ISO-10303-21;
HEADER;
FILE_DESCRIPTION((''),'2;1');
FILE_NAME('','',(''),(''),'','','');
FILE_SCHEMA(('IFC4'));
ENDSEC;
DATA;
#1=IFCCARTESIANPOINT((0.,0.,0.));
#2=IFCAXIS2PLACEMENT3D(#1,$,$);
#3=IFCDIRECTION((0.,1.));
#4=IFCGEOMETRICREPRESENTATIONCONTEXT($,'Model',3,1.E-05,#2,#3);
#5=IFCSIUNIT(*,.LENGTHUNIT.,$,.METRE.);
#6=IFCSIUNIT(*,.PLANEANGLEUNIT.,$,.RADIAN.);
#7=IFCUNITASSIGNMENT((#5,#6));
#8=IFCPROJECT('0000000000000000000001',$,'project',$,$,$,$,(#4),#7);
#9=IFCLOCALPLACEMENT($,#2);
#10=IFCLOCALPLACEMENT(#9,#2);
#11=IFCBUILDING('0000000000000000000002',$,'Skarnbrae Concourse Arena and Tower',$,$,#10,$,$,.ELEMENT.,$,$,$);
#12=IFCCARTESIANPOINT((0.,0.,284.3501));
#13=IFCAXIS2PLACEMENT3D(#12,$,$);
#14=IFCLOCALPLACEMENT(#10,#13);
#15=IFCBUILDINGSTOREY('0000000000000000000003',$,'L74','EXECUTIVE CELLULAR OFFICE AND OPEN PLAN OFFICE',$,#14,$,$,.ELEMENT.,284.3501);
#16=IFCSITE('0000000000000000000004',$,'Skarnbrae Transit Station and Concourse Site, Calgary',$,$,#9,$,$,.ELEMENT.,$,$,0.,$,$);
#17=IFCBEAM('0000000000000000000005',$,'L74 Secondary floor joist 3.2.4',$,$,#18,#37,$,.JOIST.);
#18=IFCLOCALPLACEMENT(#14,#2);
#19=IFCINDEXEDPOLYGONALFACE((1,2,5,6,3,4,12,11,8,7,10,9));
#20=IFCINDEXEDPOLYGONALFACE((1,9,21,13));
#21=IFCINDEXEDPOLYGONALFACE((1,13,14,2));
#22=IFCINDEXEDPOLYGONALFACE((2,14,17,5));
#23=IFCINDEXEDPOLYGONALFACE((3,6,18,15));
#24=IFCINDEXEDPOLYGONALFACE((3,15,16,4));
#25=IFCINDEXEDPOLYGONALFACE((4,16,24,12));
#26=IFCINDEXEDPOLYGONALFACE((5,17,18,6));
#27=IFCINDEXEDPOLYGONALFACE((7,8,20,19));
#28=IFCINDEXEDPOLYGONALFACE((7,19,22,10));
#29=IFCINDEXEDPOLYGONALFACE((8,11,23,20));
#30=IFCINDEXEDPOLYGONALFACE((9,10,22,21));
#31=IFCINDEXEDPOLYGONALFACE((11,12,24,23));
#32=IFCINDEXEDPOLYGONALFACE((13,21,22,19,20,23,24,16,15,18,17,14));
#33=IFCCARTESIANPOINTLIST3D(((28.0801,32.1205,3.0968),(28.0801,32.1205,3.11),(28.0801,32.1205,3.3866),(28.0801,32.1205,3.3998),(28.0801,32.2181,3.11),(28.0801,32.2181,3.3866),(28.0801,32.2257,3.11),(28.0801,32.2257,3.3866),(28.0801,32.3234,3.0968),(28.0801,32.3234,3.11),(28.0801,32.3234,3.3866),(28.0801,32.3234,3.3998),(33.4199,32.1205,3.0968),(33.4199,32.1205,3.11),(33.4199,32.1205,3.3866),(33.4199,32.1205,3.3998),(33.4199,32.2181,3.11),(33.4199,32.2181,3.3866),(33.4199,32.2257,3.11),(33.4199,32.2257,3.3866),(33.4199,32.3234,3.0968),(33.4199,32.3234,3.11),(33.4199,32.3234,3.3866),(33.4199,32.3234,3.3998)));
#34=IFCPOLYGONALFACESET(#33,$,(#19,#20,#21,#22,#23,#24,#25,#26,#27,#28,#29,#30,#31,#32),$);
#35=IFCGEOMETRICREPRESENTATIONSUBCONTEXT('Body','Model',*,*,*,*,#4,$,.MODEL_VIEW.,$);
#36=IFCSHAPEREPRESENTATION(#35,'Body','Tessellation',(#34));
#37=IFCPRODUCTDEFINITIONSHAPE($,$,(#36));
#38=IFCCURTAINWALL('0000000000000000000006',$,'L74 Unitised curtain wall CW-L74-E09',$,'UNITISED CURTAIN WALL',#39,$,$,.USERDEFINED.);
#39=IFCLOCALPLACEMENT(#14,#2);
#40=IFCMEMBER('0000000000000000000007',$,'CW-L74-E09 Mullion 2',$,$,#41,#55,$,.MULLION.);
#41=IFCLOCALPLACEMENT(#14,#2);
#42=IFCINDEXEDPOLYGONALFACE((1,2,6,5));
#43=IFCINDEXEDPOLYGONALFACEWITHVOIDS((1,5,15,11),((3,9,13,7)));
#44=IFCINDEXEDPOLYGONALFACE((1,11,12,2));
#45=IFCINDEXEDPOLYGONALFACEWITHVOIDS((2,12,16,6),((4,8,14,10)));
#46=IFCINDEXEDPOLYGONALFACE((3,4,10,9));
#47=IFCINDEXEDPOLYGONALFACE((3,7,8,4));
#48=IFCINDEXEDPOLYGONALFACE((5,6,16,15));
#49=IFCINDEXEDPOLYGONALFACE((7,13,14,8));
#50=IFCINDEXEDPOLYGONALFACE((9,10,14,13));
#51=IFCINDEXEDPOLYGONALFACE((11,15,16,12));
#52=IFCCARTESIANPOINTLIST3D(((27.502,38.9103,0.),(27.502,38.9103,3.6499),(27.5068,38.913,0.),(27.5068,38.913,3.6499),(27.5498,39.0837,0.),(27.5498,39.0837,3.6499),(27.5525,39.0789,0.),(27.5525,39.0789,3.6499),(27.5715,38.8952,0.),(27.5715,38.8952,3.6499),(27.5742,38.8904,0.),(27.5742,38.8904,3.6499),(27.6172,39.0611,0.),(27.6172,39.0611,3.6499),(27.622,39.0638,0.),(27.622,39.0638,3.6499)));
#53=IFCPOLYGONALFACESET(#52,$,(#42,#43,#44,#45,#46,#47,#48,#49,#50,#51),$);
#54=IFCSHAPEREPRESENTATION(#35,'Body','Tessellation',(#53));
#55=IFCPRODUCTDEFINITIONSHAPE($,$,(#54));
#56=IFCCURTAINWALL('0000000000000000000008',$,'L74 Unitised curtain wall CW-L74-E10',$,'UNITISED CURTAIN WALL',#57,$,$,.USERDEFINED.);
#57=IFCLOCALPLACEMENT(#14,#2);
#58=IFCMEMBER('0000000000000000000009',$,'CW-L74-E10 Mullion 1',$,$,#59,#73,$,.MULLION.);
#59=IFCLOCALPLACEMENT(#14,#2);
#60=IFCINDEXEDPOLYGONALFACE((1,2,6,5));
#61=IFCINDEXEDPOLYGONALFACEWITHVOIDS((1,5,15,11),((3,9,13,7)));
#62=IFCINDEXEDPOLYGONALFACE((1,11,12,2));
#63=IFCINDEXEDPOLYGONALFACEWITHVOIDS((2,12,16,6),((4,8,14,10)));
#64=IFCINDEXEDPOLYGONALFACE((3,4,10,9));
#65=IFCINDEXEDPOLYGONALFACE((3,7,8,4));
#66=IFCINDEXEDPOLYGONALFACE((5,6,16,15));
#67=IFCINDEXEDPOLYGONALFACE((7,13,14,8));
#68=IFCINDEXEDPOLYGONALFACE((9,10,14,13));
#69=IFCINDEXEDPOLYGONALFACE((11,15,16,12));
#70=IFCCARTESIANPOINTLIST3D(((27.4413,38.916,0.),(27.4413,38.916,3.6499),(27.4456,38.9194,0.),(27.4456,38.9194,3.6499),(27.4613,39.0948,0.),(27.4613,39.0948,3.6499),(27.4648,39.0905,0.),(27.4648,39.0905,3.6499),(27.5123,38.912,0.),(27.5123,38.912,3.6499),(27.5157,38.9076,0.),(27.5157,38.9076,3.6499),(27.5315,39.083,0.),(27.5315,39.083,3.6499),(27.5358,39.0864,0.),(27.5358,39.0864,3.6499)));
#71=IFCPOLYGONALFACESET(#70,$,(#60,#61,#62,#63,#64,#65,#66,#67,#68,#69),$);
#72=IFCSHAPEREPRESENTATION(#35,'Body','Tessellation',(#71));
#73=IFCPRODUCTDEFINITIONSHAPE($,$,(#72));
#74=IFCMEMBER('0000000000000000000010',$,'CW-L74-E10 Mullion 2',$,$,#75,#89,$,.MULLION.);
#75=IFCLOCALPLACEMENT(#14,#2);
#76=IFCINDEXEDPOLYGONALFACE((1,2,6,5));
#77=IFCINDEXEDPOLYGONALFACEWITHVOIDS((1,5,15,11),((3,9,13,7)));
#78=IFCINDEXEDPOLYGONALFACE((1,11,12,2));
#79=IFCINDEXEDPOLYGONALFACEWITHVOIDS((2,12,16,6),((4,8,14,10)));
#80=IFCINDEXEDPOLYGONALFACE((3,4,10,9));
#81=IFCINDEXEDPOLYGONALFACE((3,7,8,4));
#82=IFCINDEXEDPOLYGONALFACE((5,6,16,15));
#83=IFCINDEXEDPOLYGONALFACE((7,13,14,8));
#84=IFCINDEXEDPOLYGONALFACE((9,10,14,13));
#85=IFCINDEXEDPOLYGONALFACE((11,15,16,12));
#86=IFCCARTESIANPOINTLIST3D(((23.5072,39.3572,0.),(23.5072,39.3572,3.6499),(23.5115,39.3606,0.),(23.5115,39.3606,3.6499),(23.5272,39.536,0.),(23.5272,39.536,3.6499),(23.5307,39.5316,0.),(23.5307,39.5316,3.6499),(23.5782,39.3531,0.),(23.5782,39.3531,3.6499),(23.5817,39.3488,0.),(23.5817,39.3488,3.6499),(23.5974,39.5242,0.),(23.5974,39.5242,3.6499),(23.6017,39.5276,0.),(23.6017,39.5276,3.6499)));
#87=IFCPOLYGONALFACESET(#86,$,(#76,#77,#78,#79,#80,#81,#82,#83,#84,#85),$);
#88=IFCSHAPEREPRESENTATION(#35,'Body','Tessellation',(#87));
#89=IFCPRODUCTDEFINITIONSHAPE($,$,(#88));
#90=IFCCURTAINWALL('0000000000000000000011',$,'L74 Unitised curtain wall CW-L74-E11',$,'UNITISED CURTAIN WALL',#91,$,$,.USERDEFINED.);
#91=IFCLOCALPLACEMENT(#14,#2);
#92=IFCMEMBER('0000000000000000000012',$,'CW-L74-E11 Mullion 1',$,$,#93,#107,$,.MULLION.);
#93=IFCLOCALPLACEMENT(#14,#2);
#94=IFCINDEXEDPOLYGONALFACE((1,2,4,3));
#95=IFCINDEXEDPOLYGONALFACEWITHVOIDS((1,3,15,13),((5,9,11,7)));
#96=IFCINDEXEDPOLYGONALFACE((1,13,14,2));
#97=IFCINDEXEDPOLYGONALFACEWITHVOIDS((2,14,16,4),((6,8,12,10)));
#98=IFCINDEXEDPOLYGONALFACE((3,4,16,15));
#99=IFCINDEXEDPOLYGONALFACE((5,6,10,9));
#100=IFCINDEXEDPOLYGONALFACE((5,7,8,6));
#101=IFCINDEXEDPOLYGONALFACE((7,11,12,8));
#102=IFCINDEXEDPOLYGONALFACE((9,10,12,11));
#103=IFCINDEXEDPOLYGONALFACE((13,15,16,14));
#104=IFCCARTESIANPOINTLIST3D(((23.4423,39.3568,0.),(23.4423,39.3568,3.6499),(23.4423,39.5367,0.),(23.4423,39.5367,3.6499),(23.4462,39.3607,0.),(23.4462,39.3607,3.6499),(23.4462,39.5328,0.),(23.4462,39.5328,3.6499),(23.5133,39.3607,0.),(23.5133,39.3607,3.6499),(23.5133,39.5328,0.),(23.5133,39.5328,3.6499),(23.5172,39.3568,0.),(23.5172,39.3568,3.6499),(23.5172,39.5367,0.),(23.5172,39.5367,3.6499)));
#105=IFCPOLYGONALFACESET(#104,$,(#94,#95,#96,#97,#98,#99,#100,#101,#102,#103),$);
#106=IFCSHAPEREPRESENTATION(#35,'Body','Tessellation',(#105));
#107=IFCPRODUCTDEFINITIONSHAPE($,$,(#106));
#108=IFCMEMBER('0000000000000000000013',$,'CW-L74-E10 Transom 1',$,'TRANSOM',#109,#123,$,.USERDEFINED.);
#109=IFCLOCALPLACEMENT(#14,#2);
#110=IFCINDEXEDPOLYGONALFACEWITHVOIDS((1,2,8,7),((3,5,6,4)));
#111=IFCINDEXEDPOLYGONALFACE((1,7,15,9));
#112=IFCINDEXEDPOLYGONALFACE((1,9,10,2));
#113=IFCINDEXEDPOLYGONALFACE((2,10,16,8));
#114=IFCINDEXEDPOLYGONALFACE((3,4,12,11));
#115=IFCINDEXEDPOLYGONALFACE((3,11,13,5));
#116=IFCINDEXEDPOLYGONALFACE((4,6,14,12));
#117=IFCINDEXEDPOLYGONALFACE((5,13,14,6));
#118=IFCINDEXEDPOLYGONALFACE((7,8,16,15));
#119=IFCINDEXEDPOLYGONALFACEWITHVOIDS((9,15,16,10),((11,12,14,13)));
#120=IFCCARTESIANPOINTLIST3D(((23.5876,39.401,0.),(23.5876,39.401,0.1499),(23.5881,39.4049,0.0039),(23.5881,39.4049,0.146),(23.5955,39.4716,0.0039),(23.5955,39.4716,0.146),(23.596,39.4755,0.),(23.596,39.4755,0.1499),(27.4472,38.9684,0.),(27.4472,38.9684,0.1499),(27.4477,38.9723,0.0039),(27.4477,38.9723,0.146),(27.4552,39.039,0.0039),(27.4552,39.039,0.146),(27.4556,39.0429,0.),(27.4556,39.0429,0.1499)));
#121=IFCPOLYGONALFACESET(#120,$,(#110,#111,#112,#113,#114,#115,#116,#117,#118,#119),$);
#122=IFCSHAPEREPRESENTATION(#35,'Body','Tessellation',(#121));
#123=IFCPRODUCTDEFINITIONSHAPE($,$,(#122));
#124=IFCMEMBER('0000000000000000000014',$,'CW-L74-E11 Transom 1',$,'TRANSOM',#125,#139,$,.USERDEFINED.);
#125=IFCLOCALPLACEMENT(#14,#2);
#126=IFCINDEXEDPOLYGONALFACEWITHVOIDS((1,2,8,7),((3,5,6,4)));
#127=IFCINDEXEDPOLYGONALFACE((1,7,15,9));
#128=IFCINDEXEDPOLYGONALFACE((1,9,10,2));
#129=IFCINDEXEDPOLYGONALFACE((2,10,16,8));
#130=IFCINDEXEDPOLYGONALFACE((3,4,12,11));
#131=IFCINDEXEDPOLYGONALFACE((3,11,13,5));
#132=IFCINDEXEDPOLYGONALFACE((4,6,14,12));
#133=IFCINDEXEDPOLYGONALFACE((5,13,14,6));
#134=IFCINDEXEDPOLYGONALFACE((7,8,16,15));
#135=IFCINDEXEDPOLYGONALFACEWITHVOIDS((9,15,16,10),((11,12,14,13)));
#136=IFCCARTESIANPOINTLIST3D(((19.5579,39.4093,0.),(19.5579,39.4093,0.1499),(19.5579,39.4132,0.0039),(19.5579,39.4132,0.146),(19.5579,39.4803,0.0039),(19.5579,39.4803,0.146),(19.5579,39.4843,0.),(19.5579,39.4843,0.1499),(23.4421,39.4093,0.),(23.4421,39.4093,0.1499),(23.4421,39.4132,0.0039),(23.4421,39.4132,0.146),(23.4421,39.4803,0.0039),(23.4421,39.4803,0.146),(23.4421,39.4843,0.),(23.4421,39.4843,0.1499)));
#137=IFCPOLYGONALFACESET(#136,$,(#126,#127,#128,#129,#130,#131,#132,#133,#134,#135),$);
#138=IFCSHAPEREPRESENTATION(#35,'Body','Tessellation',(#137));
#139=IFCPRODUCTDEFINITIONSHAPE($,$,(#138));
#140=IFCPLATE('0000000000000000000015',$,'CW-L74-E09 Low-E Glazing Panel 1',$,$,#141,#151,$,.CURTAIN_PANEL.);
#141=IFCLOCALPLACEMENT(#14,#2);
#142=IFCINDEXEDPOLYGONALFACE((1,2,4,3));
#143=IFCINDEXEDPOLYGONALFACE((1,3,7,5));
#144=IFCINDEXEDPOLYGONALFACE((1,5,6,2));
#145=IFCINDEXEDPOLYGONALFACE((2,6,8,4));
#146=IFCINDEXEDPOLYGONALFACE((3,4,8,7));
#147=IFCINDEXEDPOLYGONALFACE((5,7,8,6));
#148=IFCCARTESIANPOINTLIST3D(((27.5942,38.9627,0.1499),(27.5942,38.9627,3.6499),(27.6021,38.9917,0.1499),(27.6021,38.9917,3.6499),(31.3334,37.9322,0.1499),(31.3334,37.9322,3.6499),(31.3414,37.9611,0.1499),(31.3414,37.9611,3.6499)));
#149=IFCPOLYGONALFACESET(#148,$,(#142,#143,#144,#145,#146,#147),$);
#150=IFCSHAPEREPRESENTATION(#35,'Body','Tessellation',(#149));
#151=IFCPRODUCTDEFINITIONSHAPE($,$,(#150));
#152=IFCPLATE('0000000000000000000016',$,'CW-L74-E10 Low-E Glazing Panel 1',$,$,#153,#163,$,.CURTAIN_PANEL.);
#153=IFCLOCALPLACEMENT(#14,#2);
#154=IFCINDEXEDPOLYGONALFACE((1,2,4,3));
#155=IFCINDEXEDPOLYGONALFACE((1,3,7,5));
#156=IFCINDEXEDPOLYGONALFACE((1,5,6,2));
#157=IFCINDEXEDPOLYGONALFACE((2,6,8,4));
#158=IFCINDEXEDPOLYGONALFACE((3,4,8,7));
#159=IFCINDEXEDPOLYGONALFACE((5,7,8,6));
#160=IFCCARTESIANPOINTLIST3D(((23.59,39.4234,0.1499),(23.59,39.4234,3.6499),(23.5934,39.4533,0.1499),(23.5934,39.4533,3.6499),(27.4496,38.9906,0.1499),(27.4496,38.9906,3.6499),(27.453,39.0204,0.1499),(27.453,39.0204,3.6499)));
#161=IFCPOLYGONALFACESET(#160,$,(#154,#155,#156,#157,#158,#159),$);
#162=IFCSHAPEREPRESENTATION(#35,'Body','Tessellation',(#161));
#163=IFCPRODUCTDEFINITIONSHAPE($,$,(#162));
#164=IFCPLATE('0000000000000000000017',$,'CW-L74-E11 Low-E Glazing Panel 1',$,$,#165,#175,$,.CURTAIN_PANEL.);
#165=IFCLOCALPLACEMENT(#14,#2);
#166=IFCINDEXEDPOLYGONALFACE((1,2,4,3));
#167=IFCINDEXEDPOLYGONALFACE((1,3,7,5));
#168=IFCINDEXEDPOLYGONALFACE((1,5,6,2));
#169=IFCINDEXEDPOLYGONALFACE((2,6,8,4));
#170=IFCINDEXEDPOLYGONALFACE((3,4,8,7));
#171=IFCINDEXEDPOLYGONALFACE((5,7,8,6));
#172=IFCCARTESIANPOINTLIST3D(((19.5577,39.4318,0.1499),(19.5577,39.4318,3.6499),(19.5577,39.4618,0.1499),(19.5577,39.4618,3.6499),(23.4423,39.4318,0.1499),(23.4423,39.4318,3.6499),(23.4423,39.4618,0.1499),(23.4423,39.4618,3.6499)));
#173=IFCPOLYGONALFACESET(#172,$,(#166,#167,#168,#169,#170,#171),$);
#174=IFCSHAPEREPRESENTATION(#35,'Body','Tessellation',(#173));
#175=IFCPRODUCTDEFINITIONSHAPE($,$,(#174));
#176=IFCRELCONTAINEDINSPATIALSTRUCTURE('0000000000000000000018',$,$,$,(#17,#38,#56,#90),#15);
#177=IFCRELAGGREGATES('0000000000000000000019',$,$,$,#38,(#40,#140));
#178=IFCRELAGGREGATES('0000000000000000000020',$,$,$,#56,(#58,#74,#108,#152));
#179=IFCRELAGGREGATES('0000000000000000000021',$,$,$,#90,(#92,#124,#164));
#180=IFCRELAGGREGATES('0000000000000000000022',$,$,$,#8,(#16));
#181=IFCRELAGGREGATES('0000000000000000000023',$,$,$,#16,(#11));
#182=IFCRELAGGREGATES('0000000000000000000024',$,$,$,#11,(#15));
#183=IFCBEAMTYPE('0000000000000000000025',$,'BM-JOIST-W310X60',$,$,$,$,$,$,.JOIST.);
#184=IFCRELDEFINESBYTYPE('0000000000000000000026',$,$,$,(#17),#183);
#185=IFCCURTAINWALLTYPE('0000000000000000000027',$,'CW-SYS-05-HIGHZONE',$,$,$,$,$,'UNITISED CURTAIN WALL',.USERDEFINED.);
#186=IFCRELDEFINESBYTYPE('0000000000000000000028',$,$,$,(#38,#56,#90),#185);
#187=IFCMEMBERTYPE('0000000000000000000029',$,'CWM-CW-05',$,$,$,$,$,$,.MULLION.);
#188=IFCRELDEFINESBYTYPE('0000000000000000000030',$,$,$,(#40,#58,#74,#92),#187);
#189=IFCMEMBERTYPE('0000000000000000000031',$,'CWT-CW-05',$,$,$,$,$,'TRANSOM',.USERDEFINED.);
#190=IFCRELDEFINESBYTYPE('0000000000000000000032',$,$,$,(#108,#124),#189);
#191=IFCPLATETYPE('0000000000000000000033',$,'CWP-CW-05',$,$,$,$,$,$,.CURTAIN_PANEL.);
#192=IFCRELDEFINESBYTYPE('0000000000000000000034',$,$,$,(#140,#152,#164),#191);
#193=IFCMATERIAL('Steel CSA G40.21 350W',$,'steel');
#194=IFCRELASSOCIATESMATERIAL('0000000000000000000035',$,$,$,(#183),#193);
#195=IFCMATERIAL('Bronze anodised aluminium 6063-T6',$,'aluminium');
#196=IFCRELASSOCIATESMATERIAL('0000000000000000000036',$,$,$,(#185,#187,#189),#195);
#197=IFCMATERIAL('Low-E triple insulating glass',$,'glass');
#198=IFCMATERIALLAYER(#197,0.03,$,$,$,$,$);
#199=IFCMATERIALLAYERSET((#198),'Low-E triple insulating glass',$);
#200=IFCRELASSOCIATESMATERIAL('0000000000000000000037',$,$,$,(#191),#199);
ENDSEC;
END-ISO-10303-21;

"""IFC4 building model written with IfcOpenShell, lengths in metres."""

from ifc_helpers import new_model, si_unit, direction, frame, origin, origin_2d, place, context, subcontext, project, spatial, rectangle, hollow_rectangle, i_section, extrude, source, transform, mapped, material, layer, layer_set, material_profile, profile_set, type_object, element, aggregate, save


model = new_model("IFC4")

# Units and contexts
model_context = context("Model", 3, precision=1e-05, world=origin(), true_north=direction((0.0, 1.0)))
body_context = subcontext(model_context, "Body", "Model", "MODEL_VIEW")
ifc_project = project(units=[si_unit("LENGTHUNIT", "METRE"), si_unit("PLANEANGLEUNIT", "RADIAN")], contexts=[model_context])

# Site, building, storey
site_placement = place(None, origin())
site = spatial("IfcSite", under=ifc_project, at=site_placement, Name="Skarnbrae Transit Station and Concourse Site, Calgary", CompositionType="ELEMENT", RefElevation=0.0)
building_placement = place(site_placement, origin())
building = spatial("IfcBuilding", under=site, at=building_placement, Name="Skarnbrae Concourse Arena and Tower", CompositionType="ELEMENT")
storey_placement = place(building_placement, frame((0.0, 0.0, 284.3501)))
storey = spatial("IfcBuildingStorey", under=building, at=storey_placement, Name="L74", Description="EXECUTIVE CELLULAR OFFICE AND OPEN PLAN OFFICE", CompositionType="ELEMENT", Elevation=284.3501)

# Shared definitions
ifc_material_1 = material(Name="Steel CSA G40.21 350W", Category="steel")

# Beam
ifc_material_profile_1 = material_profile(ifc_material_1, i_section(OverallWidth=0.2029, OverallDepth=0.303, WebThickness=0.0076, FlangeThickness=0.0132, at=origin_2d()), Name="W310X60")
ifc_profile_set_1 = profile_set([ifc_material_profile_1], Name="Steel CSA G40.21 350W")
beam_type_1 = type_object("IfcBeamType", Name="BM-JOIST-W310X60", PredefinedType="JOIST", material=ifc_profile_set_1)
shared_shape_1 = source(origin(), body_context, "Body", "SweptSolid", [
    extrude(i_section(OverallWidth=0.2029, OverallDepth=0.303, WebThickness=0.0076, FlangeThickness=0.0132, at=origin_2d()), origin(), (0.0, 0.0, 1.0), 5.3398),
])
for number, where, z_axis, x_axis, name in (
    (1, (28.0801, 32.2219, 3.2483), (1.0, 0.0, 0.0), (0.0, 1.0, 0.0), "L74 Secondary floor joist 3.2.4"),
):
    element("IfcBeam", number, at=place(storey_placement, frame(where, z_axis=z_axis, x_axis=x_axis)), inside=storey, type_object=beam_type_1, Name=name, PredefinedType="JOIST", context=body_context, shape_type="MappedRepresentation", body=[
        mapped(shared_shape_1, transform((0.0, 0.0, 0.0))),
    ])

# Curtain wall, member
ifc_material_2 = material(Name="Bronze anodised aluminium 6063-T6", Category="aluminium")
curtain_wall_type = type_object("IfcCurtainWallType", Name="CW-SYS-05-HIGHZONE", ElementType="UNITISED CURTAIN WALL", PredefinedType="USERDEFINED", material=ifc_material_2)
curtain_wall_1_placement = place(storey_placement, origin())
curtain_wall_1 = element("IfcCurtainWall", 2, at=curtain_wall_1_placement, inside=storey, type_object=curtain_wall_type, Name="L74 Unitised curtain wall CW-L74-E09", ObjectType="UNITISED CURTAIN WALL", PredefinedType="USERDEFINED")
ifc_material_profile_2 = material_profile(ifc_material_2, hollow_rectangle(XDim=0.075, YDim=0.1799, WallThickness=0.0039, at=origin_2d()), Name="ALU-MULL-75X180")
ifc_profile_set_2 = profile_set([ifc_material_profile_2], Name="Bronze anodised aluminium 6063-T6")
member_type_1 = type_object("IfcMemberType", Name="CWM-CW-05", PredefinedType="MULLION", material=ifc_profile_set_2)
shared_shape_2 = source(origin(), body_context, "Body", "SweptSolid", [
    extrude(hollow_rectangle(XDim=0.075, YDim=0.1799, WallThickness=0.0039, at=origin_2d()), origin(), (0.0, 0.0, 1.0), 3.6499),
])
member_1_placement = place(storey_placement, frame((27.562, 38.9871, 0.0), z_axis=(0.0, 0.0, 1.0), x_axis=(-0.964057, 0.265694, 0.0)))
member_1 = element("IfcMember", 3, at=member_1_placement, type_object=member_type_1, Name="CW-L74-E09 Mullion 2", PredefinedType="MULLION", context=body_context, shape_type="MappedRepresentation", body=[
    mapped(shared_shape_2, transform((0.0, 0.0, 0.0))),
])

# Curtain wall, members
curtain_wall_2_placement = place(storey_placement, origin())
curtain_wall_2 = element("IfcCurtainWall", 4, at=curtain_wall_2_placement, inside=storey, type_object=curtain_wall_type, Name="L74 Unitised curtain wall CW-L74-E10", ObjectType="UNITISED CURTAIN WALL", PredefinedType="USERDEFINED")
member_2_placement = place(storey_placement, frame((27.4885, 39.0012, 0.0), z_axis=(0.0, 0.0, 1.0), x_axis=(-0.993769, 0.11146, 0.0)))
member_2 = element("IfcMember", 5, at=member_2_placement, type_object=member_type_1, Name="CW-L74-E10 Mullion 1", PredefinedType="MULLION", context=body_context, shape_type="MappedRepresentation", body=[
    mapped(shared_shape_2, transform((0.0, 0.0, 0.0))),
])
member_3_placement = place(storey_placement, frame((23.5544, 39.4424, 0.0), z_axis=(0.0, 0.0, 1.0), x_axis=(-0.993769, 0.11146, 0.0)))
member_3 = element("IfcMember", 6, at=member_3_placement, type_object=member_type_1, Name="CW-L74-E10 Mullion 2", PredefinedType="MULLION", context=body_context, shape_type="MappedRepresentation", body=[
    mapped(shared_shape_2, transform((0.0, 0.0, 0.0))),
])

# Curtain wall, member
curtain_wall_3_placement = place(storey_placement, origin())
curtain_wall_3 = element("IfcCurtainWall", 7, at=curtain_wall_3_placement, inside=storey, type_object=curtain_wall_type, Name="L74 Unitised curtain wall CW-L74-E11", ObjectType="UNITISED CURTAIN WALL", PredefinedType="USERDEFINED")
member_4_placement = place(storey_placement, frame((23.4797, 39.4468, 0.0), z_axis=(0.0, 0.0, 1.0), x_axis=(-1.0, 0.0, 0.0)))
member_4 = element("IfcMember", 8, at=member_4_placement, type_object=member_type_1, Name="CW-L74-E11 Mullion 1", PredefinedType="MULLION", context=body_context, shape_type="MappedRepresentation", body=[
    mapped(shared_shape_2, transform((0.0, 0.0, 0.0))),
])

# Members
ifc_material_profile_3 = material_profile(ifc_material_2, hollow_rectangle(XDim=0.075, YDim=0.1499, WallThickness=0.0039, at=origin_2d()), Name="ALU-TRAN-75X150")
ifc_profile_set_3 = profile_set([ifc_material_profile_3], Name="Bronze anodised aluminium 6063-T6")
member_type_2 = type_object("IfcMemberType", Name="CWT-CW-05", ElementType="TRANSOM", PredefinedType="USERDEFINED", material=ifc_profile_set_3)
shared_shape_3 = source(origin(), body_context, "Body", "SweptSolid", [
    extrude(hollow_rectangle(XDim=0.075, YDim=0.1499, WallThickness=0.0039, at=origin_2d()), origin(), (0.0, 0.0, 1.0), 3.8838),
])
member_5_placement = place(storey_placement, frame((27.4514, 39.0056, 0.075), z_axis=(-0.993777, 0.11139, 0.0), x_axis=(-0.11139, -0.993777, 0.0)))
member_5 = element("IfcMember", 9, at=member_5_placement, type_object=member_type_2, Name="CW-L74-E10 Transom 1", ObjectType="TRANSOM", PredefinedType="USERDEFINED", context=body_context, shape_type="MappedRepresentation", body=[
    mapped(shared_shape_3, transform((0.0, 0.0, 0.0))),
])
shared_shape_4 = source(origin(), body_context, "Body", "SweptSolid", [
    extrude(hollow_rectangle(XDim=0.075, YDim=0.1499, WallThickness=0.0039, at=origin_2d()), origin(), (0.0, 0.0, 1.0), 3.8843),
])
member_6_placement = place(storey_placement, frame((23.4421, 39.4468, 0.075), z_axis=(-1.0, 0.0, 0.0), x_axis=(0.0, -1.0, 0.0)))
member_6 = element("IfcMember", 10, at=member_6_placement, type_object=member_type_2, Name="CW-L74-E11 Transom 1", ObjectType="TRANSOM", PredefinedType="USERDEFINED", context=body_context, shape_type="MappedRepresentation", body=[
    mapped(shared_shape_4, transform((0.0, 0.0, 0.0))),
])

# Plates
ifc_material_3 = material(Name="Low-E triple insulating glass", Category="glass")
ifc_layer_1 = layer(ifc_material_3, 0.03)
ifc_layer_set_1 = layer_set([ifc_layer_1], Name="Low-E triple insulating glass")
plate_type = type_object("IfcPlateType", Name="CWP-CW-05", PredefinedType="CURTAIN_PANEL", material=ifc_layer_set_1)
shared_shape_5 = source(origin(), body_context, "Body", "SweptSolid", [
    extrude(rectangle(XDim=3.8787, YDim=0.03, at=origin_2d()), origin(), (0.0, 0.0, 1.0), 3.5),
])
plate_1_placement = place(storey_placement, frame((29.4678, 38.4619, 0.1499), z_axis=(0.0, 0.0, 1.0), x_axis=(-0.964057, 0.265694, 0.0)))
plate_1 = element("IfcPlate", 11, at=plate_1_placement, type_object=plate_type, Name="CW-L74-E09 Low-E Glazing Panel 1", PredefinedType="CURTAIN_PANEL", context=body_context, shape_type="MappedRepresentation", body=[
    mapped(shared_shape_5, transform((0.0, 0.0, 0.0))),
])
aggregate(curtain_wall_1, [member_1, plate_1])
shared_shape_6 = source(origin(), body_context, "Body", "SweptSolid", [
    extrude(rectangle(XDim=3.8838, YDim=0.03, at=origin_2d()), origin(), (0.0, 0.0, 1.0), 3.5),
])
plate_2_placement = place(storey_placement, frame((25.5215, 39.2219, 0.1499), z_axis=(0.0, 0.0, 1.0), x_axis=(-0.993769, 0.11146, 0.0)))
plate_2 = element("IfcPlate", 12, at=plate_2_placement, type_object=plate_type, Name="CW-L74-E10 Low-E Glazing Panel 1", PredefinedType="CURTAIN_PANEL", context=body_context, shape_type="MappedRepresentation", body=[
    mapped(shared_shape_6, transform((0.0, 0.0, 0.0))),
])
aggregate(curtain_wall_2, [member_2, member_3, member_5, plate_2])
shared_shape_7 = source(origin(), body_context, "Body", "SweptSolid", [
    extrude(rectangle(XDim=3.8845, YDim=0.03, at=origin_2d()), origin(), (0.0, 0.0, 1.0), 3.5),
])
plate_3_placement = place(storey_placement, frame((21.5, 39.4468, 0.1499), z_axis=(0.0, 0.0, 1.0), x_axis=(-1.0, 0.0, 0.0)))
plate_3 = element("IfcPlate", 13, at=plate_3_placement, type_object=plate_type, Name="CW-L74-E11 Low-E Glazing Panel 1", PredefinedType="CURTAIN_PANEL", context=body_context, shape_type="MappedRepresentation", body=[
    mapped(shared_shape_7, transform((0.0, 0.0, 0.0))),
])
aggregate(curtain_wall_3, [member_4, member_6, plate_3])

save(model, "model.ifc")
